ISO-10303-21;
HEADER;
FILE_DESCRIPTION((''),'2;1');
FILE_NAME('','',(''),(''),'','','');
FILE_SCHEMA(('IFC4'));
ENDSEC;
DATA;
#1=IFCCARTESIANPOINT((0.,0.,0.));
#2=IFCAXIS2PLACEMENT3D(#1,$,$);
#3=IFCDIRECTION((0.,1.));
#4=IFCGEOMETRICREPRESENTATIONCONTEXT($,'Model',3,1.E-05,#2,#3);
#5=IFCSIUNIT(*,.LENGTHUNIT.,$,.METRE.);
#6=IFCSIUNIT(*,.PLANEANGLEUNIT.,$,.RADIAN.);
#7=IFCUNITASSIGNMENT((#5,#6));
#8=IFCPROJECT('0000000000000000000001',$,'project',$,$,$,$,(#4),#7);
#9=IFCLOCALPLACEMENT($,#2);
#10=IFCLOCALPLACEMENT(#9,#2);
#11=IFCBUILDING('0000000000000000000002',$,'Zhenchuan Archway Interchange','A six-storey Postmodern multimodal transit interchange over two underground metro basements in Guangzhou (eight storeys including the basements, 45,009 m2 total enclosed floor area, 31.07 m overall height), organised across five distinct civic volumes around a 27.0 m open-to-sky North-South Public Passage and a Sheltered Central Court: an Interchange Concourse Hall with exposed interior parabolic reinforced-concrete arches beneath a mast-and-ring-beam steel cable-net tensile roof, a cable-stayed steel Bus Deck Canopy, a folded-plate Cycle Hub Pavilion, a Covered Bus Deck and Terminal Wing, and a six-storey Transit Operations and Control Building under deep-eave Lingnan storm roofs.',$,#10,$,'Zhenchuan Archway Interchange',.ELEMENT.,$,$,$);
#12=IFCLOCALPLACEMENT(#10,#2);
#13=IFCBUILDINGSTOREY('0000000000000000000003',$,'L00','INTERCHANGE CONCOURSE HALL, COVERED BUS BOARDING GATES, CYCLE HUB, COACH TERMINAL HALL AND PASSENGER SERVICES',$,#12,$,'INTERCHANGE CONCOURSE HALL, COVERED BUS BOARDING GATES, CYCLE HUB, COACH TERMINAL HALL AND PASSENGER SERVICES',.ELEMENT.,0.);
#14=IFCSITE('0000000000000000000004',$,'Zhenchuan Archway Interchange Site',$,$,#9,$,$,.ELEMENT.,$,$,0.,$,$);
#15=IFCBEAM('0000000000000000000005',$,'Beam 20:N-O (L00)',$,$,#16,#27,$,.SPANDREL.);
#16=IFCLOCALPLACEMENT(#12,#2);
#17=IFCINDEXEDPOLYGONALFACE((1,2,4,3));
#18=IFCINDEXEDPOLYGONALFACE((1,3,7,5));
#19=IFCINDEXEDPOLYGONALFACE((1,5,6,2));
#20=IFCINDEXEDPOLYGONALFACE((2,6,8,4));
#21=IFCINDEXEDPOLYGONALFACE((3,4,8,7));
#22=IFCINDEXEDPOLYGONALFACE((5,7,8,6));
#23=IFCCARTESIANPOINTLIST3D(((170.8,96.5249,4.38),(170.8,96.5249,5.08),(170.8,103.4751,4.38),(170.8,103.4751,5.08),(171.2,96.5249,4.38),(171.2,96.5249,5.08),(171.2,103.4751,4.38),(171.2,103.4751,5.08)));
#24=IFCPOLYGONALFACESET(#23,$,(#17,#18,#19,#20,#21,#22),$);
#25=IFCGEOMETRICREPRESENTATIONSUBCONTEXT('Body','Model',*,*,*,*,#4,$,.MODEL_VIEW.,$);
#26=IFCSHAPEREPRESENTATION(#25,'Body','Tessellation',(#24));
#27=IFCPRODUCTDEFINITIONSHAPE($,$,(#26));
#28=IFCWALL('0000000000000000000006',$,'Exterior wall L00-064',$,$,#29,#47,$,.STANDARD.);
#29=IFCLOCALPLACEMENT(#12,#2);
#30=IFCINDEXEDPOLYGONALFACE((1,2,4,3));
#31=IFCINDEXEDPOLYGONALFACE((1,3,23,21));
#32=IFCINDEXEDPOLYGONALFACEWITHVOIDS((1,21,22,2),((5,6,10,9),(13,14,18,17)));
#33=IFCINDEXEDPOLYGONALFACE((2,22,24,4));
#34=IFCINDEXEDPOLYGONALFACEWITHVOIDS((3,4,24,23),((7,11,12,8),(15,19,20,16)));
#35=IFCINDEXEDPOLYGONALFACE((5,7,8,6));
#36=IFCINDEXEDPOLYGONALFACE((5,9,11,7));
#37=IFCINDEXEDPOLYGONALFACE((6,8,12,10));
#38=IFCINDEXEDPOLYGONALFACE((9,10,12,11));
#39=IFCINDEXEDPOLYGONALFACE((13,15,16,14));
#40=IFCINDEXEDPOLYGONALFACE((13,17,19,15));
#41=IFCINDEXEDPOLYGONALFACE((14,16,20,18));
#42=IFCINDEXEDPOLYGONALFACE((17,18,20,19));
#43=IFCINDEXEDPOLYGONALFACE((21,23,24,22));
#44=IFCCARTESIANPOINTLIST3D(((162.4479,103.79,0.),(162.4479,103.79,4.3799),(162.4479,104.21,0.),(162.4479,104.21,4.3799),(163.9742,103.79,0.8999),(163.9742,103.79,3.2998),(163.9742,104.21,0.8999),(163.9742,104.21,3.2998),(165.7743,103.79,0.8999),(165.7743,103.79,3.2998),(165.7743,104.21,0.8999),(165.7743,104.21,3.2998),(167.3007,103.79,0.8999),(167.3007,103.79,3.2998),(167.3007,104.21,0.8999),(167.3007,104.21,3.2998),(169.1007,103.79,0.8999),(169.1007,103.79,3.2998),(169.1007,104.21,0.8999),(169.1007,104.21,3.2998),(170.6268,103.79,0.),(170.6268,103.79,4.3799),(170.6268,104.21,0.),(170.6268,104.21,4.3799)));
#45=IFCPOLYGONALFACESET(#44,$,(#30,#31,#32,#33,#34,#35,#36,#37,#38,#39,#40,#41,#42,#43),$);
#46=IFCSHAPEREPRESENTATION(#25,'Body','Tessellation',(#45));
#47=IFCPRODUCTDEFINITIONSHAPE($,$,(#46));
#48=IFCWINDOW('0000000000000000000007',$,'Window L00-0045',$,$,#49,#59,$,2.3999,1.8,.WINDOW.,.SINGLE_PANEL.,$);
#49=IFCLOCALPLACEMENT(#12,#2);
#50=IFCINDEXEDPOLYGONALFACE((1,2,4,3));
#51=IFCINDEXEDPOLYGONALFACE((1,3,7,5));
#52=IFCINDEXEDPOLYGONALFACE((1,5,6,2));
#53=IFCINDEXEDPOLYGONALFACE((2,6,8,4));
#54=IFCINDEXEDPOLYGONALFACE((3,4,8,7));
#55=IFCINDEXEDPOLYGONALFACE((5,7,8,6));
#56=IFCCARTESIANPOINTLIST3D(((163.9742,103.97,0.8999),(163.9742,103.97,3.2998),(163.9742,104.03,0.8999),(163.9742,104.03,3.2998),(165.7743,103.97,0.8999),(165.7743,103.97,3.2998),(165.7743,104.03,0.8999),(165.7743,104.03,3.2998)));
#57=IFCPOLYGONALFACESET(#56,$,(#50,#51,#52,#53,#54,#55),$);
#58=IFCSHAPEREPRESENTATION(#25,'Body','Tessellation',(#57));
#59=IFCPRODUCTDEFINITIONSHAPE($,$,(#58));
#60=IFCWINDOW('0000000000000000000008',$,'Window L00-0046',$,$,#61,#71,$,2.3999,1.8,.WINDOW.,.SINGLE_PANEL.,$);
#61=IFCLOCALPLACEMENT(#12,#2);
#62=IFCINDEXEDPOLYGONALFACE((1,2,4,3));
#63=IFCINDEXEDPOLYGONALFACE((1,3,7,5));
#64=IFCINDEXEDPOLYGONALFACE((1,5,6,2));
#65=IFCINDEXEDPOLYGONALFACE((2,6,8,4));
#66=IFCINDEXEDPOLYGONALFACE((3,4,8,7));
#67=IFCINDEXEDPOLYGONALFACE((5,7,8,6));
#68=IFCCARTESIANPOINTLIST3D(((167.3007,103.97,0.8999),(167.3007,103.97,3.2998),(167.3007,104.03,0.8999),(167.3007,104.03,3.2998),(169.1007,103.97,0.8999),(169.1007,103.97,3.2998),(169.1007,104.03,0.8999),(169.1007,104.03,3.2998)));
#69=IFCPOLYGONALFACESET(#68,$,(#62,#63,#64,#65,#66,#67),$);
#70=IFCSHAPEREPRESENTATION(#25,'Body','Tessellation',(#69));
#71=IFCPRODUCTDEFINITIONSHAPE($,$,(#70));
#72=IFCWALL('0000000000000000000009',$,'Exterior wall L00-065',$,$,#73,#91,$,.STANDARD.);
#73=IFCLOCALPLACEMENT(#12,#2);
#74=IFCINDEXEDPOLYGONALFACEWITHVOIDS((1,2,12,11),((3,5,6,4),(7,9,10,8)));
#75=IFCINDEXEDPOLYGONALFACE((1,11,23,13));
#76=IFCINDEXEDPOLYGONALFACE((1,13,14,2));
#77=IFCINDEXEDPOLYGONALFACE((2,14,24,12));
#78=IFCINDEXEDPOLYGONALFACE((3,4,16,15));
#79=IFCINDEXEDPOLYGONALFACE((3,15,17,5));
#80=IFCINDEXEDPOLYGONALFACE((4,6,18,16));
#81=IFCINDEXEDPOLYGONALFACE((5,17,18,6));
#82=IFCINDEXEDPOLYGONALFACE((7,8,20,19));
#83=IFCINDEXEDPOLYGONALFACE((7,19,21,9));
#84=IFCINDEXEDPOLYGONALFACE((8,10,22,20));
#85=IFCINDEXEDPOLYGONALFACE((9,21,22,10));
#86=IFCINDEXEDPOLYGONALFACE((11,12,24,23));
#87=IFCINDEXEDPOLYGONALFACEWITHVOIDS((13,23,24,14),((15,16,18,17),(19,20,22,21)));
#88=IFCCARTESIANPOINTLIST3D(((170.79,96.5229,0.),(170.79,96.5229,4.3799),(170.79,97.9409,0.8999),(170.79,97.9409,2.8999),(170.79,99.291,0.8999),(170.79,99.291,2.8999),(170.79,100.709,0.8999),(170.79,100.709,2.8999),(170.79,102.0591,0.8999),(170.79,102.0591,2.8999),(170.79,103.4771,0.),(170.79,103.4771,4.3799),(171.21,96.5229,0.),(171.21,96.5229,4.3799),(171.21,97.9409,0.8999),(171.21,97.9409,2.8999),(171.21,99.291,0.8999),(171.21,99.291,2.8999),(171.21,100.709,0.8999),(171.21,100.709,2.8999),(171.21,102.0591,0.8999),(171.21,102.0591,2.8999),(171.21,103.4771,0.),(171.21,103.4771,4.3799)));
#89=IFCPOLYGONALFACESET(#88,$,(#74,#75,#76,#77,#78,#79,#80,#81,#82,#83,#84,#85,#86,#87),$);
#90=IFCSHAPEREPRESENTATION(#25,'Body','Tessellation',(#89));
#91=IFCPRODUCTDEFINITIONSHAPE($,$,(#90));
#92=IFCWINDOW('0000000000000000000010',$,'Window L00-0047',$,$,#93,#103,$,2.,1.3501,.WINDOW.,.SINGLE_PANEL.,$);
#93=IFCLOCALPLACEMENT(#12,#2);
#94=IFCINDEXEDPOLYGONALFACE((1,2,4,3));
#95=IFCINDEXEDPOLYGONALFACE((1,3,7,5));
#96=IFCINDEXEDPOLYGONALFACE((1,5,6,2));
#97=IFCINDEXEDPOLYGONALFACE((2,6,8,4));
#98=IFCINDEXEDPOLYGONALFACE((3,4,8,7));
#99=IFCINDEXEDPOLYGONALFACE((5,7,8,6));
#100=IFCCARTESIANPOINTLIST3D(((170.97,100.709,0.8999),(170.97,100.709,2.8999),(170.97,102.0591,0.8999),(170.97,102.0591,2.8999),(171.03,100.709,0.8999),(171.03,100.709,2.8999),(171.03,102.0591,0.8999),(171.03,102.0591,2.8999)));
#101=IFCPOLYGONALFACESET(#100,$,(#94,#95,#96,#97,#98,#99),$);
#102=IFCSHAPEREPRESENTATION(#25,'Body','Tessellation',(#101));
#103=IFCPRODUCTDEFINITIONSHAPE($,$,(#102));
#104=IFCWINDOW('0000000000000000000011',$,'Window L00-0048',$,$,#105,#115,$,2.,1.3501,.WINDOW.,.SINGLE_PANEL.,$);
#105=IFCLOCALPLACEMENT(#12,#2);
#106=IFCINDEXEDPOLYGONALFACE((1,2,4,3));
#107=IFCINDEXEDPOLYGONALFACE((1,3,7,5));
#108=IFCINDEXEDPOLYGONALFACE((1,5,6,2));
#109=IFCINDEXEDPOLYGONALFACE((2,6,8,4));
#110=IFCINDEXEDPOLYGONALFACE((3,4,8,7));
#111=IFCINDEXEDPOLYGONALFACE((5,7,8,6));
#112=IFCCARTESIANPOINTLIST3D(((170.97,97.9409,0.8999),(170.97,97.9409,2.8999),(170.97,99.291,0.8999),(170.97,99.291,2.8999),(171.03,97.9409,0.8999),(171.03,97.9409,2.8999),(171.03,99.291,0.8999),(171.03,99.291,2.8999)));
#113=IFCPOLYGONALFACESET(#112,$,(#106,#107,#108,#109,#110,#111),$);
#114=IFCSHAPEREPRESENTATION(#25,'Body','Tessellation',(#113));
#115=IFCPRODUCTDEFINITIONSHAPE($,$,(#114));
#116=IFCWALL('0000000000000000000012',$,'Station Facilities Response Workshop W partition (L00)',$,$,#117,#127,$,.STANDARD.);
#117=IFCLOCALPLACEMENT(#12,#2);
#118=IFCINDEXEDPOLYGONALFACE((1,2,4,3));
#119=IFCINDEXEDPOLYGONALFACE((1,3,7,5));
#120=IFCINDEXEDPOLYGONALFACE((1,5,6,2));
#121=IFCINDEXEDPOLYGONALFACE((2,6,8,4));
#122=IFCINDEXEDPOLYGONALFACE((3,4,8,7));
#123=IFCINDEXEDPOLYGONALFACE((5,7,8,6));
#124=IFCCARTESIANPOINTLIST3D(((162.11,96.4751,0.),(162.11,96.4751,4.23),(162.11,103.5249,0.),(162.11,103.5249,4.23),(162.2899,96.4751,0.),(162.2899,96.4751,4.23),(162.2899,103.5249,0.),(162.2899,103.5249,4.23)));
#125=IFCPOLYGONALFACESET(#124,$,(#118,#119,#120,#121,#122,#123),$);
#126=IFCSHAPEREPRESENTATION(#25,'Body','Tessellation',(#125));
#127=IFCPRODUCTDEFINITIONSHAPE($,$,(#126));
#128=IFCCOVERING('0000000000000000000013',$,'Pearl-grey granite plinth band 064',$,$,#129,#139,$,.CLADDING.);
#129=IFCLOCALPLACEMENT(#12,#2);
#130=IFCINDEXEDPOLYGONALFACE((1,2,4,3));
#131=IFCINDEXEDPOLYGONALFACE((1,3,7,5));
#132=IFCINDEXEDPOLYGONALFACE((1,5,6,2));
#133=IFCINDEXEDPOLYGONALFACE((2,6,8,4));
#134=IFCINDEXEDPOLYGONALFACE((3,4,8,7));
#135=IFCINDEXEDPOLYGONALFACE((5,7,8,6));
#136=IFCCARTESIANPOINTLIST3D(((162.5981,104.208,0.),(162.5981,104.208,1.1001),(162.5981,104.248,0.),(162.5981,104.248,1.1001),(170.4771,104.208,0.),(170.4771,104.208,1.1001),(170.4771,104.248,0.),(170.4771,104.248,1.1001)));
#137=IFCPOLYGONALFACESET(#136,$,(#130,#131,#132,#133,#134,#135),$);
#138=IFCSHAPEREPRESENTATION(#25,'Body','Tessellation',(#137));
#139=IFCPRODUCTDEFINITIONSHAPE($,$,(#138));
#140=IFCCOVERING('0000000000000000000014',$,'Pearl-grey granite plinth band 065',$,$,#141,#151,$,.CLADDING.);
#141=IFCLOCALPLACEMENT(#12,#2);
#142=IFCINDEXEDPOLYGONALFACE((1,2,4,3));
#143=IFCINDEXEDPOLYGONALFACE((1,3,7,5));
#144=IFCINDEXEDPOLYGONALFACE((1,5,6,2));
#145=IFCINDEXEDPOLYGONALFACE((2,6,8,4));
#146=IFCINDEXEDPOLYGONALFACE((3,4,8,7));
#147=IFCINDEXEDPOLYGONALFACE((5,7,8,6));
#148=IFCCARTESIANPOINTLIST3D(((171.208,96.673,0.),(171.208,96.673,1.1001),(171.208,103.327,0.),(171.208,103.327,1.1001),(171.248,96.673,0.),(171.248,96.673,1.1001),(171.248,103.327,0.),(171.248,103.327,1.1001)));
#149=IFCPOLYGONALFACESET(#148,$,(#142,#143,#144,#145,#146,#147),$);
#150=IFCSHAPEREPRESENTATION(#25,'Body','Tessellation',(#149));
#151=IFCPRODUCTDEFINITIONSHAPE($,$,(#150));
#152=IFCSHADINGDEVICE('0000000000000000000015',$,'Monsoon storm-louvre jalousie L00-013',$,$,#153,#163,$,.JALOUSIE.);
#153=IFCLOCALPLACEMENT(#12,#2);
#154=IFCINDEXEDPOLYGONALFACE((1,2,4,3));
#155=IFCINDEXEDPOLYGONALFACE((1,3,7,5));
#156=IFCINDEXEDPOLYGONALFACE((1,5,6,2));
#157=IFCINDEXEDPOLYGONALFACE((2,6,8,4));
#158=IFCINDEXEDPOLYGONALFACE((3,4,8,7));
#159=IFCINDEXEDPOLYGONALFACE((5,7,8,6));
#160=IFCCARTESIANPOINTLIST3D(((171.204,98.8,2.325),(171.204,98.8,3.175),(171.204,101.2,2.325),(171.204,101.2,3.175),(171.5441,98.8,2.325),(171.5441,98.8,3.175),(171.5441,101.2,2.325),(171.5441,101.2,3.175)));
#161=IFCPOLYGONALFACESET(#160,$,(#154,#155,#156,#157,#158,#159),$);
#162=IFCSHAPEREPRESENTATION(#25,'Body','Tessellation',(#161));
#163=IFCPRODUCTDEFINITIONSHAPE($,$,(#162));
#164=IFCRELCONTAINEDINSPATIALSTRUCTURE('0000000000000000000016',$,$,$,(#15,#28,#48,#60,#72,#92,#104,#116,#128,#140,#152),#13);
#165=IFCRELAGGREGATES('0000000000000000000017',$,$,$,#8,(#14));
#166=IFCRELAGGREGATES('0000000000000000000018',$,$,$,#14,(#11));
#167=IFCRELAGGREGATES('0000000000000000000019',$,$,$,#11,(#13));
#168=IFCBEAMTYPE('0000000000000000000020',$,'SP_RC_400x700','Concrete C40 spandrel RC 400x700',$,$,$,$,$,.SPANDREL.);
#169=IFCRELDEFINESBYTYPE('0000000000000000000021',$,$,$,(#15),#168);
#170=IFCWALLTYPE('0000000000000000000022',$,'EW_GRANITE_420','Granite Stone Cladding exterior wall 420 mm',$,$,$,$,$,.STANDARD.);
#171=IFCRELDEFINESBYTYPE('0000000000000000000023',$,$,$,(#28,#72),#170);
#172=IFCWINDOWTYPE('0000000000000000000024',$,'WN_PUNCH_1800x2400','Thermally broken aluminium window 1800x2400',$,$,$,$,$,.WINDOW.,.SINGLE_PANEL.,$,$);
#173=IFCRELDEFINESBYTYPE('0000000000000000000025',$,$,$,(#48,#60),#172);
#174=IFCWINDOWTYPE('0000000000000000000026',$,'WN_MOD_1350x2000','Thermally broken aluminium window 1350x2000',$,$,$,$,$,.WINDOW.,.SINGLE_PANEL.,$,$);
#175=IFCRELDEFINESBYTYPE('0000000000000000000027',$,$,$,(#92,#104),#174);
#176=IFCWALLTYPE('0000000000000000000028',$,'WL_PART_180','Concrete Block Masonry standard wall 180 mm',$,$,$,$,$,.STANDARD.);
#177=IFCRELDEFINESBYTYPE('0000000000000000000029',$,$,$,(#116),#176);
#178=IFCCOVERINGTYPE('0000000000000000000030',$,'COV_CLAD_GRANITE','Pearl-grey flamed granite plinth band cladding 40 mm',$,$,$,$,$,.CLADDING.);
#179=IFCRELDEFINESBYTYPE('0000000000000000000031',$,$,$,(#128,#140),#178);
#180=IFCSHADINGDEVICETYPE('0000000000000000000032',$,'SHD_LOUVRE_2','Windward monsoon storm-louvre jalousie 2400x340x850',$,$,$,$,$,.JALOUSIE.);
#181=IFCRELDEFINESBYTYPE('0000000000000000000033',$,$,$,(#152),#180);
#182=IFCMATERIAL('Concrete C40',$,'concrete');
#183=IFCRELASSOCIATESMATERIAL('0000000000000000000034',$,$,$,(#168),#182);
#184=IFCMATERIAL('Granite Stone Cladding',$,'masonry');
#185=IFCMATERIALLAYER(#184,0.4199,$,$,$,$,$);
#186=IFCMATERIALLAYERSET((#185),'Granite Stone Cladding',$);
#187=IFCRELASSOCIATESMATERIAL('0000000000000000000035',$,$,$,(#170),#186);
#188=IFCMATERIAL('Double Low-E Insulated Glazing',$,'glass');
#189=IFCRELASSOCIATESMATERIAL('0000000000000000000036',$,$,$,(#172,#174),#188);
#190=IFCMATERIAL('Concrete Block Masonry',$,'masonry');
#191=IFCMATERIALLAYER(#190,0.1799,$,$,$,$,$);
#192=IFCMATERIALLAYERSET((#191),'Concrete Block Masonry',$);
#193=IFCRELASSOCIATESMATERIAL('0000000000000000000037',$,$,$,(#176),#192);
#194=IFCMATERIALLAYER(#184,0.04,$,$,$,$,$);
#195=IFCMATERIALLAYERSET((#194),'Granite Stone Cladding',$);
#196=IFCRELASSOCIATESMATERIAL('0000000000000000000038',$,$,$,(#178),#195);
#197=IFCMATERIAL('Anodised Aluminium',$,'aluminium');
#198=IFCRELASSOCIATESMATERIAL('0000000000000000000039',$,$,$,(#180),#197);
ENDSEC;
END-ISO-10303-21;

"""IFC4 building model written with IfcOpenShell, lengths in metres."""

from ifc_helpers import new_model, si_unit, direction, frame, frame_2d, origin, origin_2d, place, context, subcontext, project, spatial, rectangle, extrude, material, layer, layer_set, material_profile, profile_set, type_object, element, fill, save


model = new_model("IFC4")

# Units and contexts
model_context = context("Model", 3, precision=1e-05, world=origin(), true_north=direction((0.0, 1.0)))
body_context = subcontext(model_context, "Body", "Model", "MODEL_VIEW")
ifc_project = project(units=[si_unit("LENGTHUNIT", "METRE"), si_unit("PLANEANGLEUNIT", "RADIAN")], contexts=[model_context])

# Site, building, storey
site_placement = place(None, origin())
site = spatial("IfcSite", under=ifc_project, at=site_placement, Name="Zhenchuan Archway Interchange Site", CompositionType="ELEMENT", RefElevation=0.0)
building_placement = place(site_placement, origin())
building = spatial("IfcBuilding", under=site, at=building_placement, Name="Zhenchuan Archway Interchange", Description="A six-storey Postmodern multimodal transit interchange over two underground metro basements in Guangzhou (eight storeys including the basements, 45,009 m2 total enclosed floor area, 31.07 m overall height), organised across five distinct civic volumes around a 27.0 m open-to-sky North-South Public Passage and a Sheltered Central Court: an Interchange Concourse Hall with exposed interior parabolic reinforced-concrete arches beneath a mast-and-ring-beam steel cable-net tensile roof, a cable-stayed steel Bus Deck Canopy, a folded-plate Cycle Hub Pavilion, a Covered Bus Deck and Terminal Wing, and a six-storey Transit Operations and Control Building under deep-eave Lingnan storm roofs.", LongName="Zhenchuan Archway Interchange", CompositionType="ELEMENT")
storey_placement = place(building_placement, origin())
storey = spatial("IfcBuildingStorey", under=building, at=storey_placement, Name="L00", Description="INTERCHANGE CONCOURSE HALL, COVERED BUS BOARDING GATES, CYCLE HUB, COACH TERMINAL HALL AND PASSENGER SERVICES", LongName="INTERCHANGE CONCOURSE HALL, COVERED BUS BOARDING GATES, CYCLE HUB, COACH TERMINAL HALL AND PASSENGER SERVICES", CompositionType="ELEMENT", Elevation=0.0)

# Shared definitions
ifc_material_1 = material(Name="Concrete C40", Category="concrete")

# Beam
ifc_material_profile_1 = material_profile(ifc_material_1, rectangle(XDim=0.3999, YDim=0.7, at=origin_2d()), Name="RC 400x700")
ifc_profile_set_1 = profile_set([ifc_material_profile_1], Name="Concrete C40")
beam_type_1 = type_object("IfcBeamType", Name="SP_RC_400x700", Description="Concrete C40 spandrel RC 400x700", PredefinedType="SPANDREL", material=ifc_profile_set_1)
beam_1_placement = place(storey_placement, frame((171.0, 96.5249, 4.73), z_axis=(0.0, 1.0, 0.0), x_axis=(-1.0, 0.0, 0.0)))
element("IfcBeam", 1, at=beam_1_placement, inside=storey, type_object=beam_type_1, Name="Beam 20:N-O (L00)", PredefinedType="SPANDREL", context=body_context, shape_type="SweptSolid", body=[
    extrude(rectangle(XDim=0.3999, YDim=0.7, at=origin_2d()), origin(), (0.0, 0.0, 1.0), 6.9502),
])

# Walls, openings, windows
ifc_material_2 = material(Name="Granite Stone Cladding", Category="masonry")
ifc_layer_1 = layer(ifc_material_2, 0.4199)
ifc_layer_set_1 = layer_set([ifc_layer_1], Name="Granite Stone Cladding")
wall_type_1 = type_object("IfcWallType", Name="EW_GRANITE_420", Description="Granite Stone Cladding exterior wall 420 mm", PredefinedType="STANDARD", material=ifc_layer_set_1)
wall_1_placement = place(storey_placement, frame((162.448, 104.0, 0.0), z_axis=(0.0, 0.0, 1.0), x_axis=(1.0, 0.0, 0.0)))
wall_1 = element("IfcWall", 2, at=wall_1_placement, inside=storey, type_object=wall_type_1, Name="Exterior wall L00-064", PredefinedType="STANDARD", context=body_context, shape_type="SweptSolid", body=[
    extrude(rectangle(XDim=8.179, YDim=0.4199, at=frame_2d((4.0894, 0.0))), origin(), (0.0, 0.0, 1.0), 4.3799),
])
opening_1_placement = place(wall_1_placement, frame((1.5264, 0.0, 0.8999)))
opening_1 = element("IfcOpeningElement", 3, at=opening_1_placement, cuts=wall_1, PredefinedType="OPENING", context=body_context, shape_type="SweptSolid", body=[
    extrude(rectangle(XDim=1.8, YDim=2.3999, at=frame_2d((0.8999, 1.2))), frame((0.0, 0.2219, 0.0), z_axis=(0.0, -1.0, 0.0), x_axis=(1.0, 0.0, 0.0)), (0.0, 0.0, 1.0), 0.4438),
])
opening_2_placement = place(wall_1_placement, frame((4.8528, 0.0, 0.8999)))
opening_2 = element("IfcOpeningElement", 4, at=opening_2_placement, cuts=wall_1, PredefinedType="OPENING", context=body_context, shape_type="SweptSolid", body=[
    extrude(rectangle(XDim=1.8, YDim=2.3999, at=frame_2d((0.8999, 1.2))), frame((0.0, 0.2219, 0.0), z_axis=(0.0, -1.0, 0.0), x_axis=(1.0, 0.0, 0.0)), (0.0, 0.0, 1.0), 0.4438),
])
ifc_material_3 = material(Name="Double Low-E Insulated Glazing", Category="glass")
window_type_1 = type_object("IfcWindowType", Name="WN_PUNCH_1800x2400", Description="Thermally broken aluminium window 1800x2400", PartitioningType="SINGLE_PANEL", PredefinedType="WINDOW", material=ifc_material_3)
window_1_placement = place(opening_1_placement, origin())
window_1 = element("IfcWindow", 5, at=window_1_placement, inside=storey, type_object=window_type_1, Name="Window L00-0045", OverallHeight=2.3999, OverallWidth=1.8, PartitioningType="SINGLE_PANEL", PredefinedType="WINDOW", context=body_context, shape_type="SweptSolid", body=[
    extrude(rectangle(XDim=1.8, YDim=2.3999, at=frame_2d((0.8999, 1.2))), frame((0.0, 0.03, 0.0), z_axis=(0.0, -1.0, 0.0), x_axis=(1.0, 0.0, 0.0)), (0.0, 0.0, 1.0), 0.0601),
])
fill(opening_1, window_1)
window_2_placement = place(opening_2_placement, origin())
window_2 = element("IfcWindow", 6, at=window_2_placement, inside=storey, type_object=window_type_1, Name="Window L00-0046", OverallHeight=2.3999, OverallWidth=1.8, PartitioningType="SINGLE_PANEL", PredefinedType="WINDOW", context=body_context, shape_type="SweptSolid", body=[
    extrude(rectangle(XDim=1.8, YDim=2.3999, at=frame_2d((0.8999, 1.2))), frame((0.0, 0.03, 0.0), z_axis=(0.0, -1.0, 0.0), x_axis=(1.0, 0.0, 0.0)), (0.0, 0.0, 1.0), 0.0601),
])
fill(opening_2, window_2)
wall_2_placement = place(storey_placement, frame((171.0, 103.4771, 0.0), z_axis=(0.0, 0.0, 1.0), x_axis=(0.0, -1.0, 0.0)))
wall_2 = element("IfcWall", 7, at=wall_2_placement, inside=storey, type_object=wall_type_1, Name="Exterior wall L00-065", PredefinedType="STANDARD", context=body_context, shape_type="SweptSolid", body=[
    extrude(rectangle(XDim=6.9541, YDim=0.4199, at=frame_2d((3.4771, 0.0))), origin(), (0.0, 0.0, 1.0), 4.3799),
])
opening_3_placement = place(wall_2_placement, frame((1.418, 0.0, 0.8999)))
opening_3 = element("IfcOpeningElement", 8, at=opening_3_placement, cuts=wall_2, PredefinedType="OPENING", context=body_context, shape_type="SweptSolid", body=[
    extrude(rectangle(XDim=1.3501, YDim=2.0, at=frame_2d((0.675, 1.0))), frame((0.0, 0.2219, 0.0), z_axis=(0.0, -1.0, 0.0), x_axis=(1.0, 0.0, 0.0)), (0.0, 0.0, 1.0), 0.4438),
])
opening_4_placement = place(wall_2_placement, frame((4.186, 0.0, 0.8999)))
opening_4 = element("IfcOpeningElement", 9, at=opening_4_placement, cuts=wall_2, PredefinedType="OPENING", context=body_context, shape_type="SweptSolid", body=[
    extrude(rectangle(XDim=1.3501, YDim=2.0, at=frame_2d((0.675, 1.0))), frame((0.0, 0.2219, 0.0), z_axis=(0.0, -1.0, 0.0), x_axis=(1.0, 0.0, 0.0)), (0.0, 0.0, 1.0), 0.4438),
])
window_type_2 = type_object("IfcWindowType", Name="WN_MOD_1350x2000", Description="Thermally broken aluminium window 1350x2000", PartitioningType="SINGLE_PANEL", PredefinedType="WINDOW", material=ifc_material_3)
window_3_placement = place(opening_3_placement, origin())
window_3 = element("IfcWindow", 10, at=window_3_placement, inside=storey, type_object=window_type_2, Name="Window L00-0047", OverallHeight=2.0, OverallWidth=1.3501, PartitioningType="SINGLE_PANEL", PredefinedType="WINDOW", context=body_context, shape_type="SweptSolid", body=[
    extrude(rectangle(XDim=1.3501, YDim=2.0, at=frame_2d((0.675, 1.0))), frame((0.0, 0.03, 0.0), z_axis=(0.0, -1.0, 0.0), x_axis=(1.0, 0.0, 0.0)), (0.0, 0.0, 1.0), 0.0601),
])
fill(opening_3, window_3)
window_4_placement = place(opening_4_placement, origin())
window_4 = element("IfcWindow", 11, at=window_4_placement, inside=storey, type_object=window_type_2, Name="Window L00-0048", OverallHeight=2.0, OverallWidth=1.3501, PartitioningType="SINGLE_PANEL", PredefinedType="WINDOW", context=body_context, shape_type="SweptSolid", body=[
    extrude(rectangle(XDim=1.3501, YDim=2.0, at=frame_2d((0.675, 1.0))), frame((0.0, 0.03, 0.0), z_axis=(0.0, -1.0, 0.0), x_axis=(1.0, 0.0, 0.0)), (0.0, 0.0, 1.0), 0.0601),
])
fill(opening_4, window_4)

# Wall
ifc_material_4 = material(Name="Concrete Block Masonry", Category="masonry")
ifc_layer_2 = layer(ifc_material_4, 0.1799)
ifc_layer_set_2 = layer_set([ifc_layer_2], Name="Concrete Block Masonry")
wall_type_2 = type_object("IfcWallType", Name="WL_PART_180", Description="Concrete Block Masonry standard wall 180 mm", PredefinedType="STANDARD", material=ifc_layer_set_2)
wall_3_placement = place(storey_placement, frame((162.2, 96.4751, 0.0), z_axis=(0.0, 0.0, 1.0), x_axis=(0.0, 1.0, 0.0)))
element("IfcWall", 12, at=wall_3_placement, inside=storey, type_object=wall_type_2, Name="Station Facilities Response Workshop W partition (L00)", PredefinedType="STANDARD", context=body_context, shape_type="SweptSolid", body=[
    extrude(rectangle(XDim=7.0498, YDim=0.1799, at=frame_2d((3.5249, 0.0))), origin(), (0.0, 0.0, 1.0), 4.23),
])

# Coverings
ifc_layer_3 = layer(ifc_material_2, 0.04)
ifc_layer_set_3 = layer_set([ifc_layer_3], Name="Granite Stone Cladding")
covering_type = type_object("IfcCoveringType", Name="COV_CLAD_GRANITE", Description="Pearl-grey flamed granite plinth band cladding 40 mm", PredefinedType="CLADDING", material=ifc_layer_set_3)
covering_1_placement = place(storey_placement, frame((166.5376, 104.228, 0.0), z_axis=(0.0, 0.0, 1.0), x_axis=(1.0, 0.0, 0.0)))
element("IfcCovering", 13, at=covering_1_placement, inside=storey, type_object=covering_type, Name="Pearl-grey granite plinth band 064", PredefinedType="CLADDING", context=body_context, shape_type="SweptSolid", body=[
    extrude(rectangle(XDim=7.8789, YDim=0.04, at=origin_2d()), origin(), (0.0, 0.0, 1.0), 1.1001),
])
covering_2_placement = place(storey_placement, frame((171.228, 100.0, 0.0), z_axis=(0.0, 0.0, 1.0), x_axis=(0.0, -1.0, 0.0)))
element("IfcCovering", 14, at=covering_2_placement, inside=storey, type_object=covering_type, Name="Pearl-grey granite plinth band 065", PredefinedType="CLADDING", context=body_context, shape_type="SweptSolid", body=[
    extrude(rectangle(XDim=6.6541, YDim=0.04, at=origin_2d()), origin(), (0.0, 0.0, 1.0), 1.1001),
])

# Shading device
ifc_material_5 = material(Name="Anodised Aluminium", Category="aluminium")
shading_device_type = type_object("IfcShadingDeviceType", Name="SHD_LOUVRE_2", Description="Windward monsoon storm-louvre jalousie 2400x340x850", PredefinedType="JALOUSIE", material=ifc_material_5)
shading_device_placement = place(storey_placement, frame((171.374, 100.0, 2.325), z_axis=(0.0, 0.0, 1.0), x_axis=(0.0, -1.0, 0.0)))
element("IfcShadingDevice", 15, at=shading_device_placement, inside=storey, type_object=shading_device_type, Name="Monsoon storm-louvre jalousie L00-013", PredefinedType="JALOUSIE", context=body_context, shape_type="SweptSolid", body=[
    extrude(rectangle(XDim=2.3999, YDim=0.3401, at=origin_2d()), origin(), (0.0, 0.0, 1.0), 0.8501),
])

save(model, "model.ifc")
